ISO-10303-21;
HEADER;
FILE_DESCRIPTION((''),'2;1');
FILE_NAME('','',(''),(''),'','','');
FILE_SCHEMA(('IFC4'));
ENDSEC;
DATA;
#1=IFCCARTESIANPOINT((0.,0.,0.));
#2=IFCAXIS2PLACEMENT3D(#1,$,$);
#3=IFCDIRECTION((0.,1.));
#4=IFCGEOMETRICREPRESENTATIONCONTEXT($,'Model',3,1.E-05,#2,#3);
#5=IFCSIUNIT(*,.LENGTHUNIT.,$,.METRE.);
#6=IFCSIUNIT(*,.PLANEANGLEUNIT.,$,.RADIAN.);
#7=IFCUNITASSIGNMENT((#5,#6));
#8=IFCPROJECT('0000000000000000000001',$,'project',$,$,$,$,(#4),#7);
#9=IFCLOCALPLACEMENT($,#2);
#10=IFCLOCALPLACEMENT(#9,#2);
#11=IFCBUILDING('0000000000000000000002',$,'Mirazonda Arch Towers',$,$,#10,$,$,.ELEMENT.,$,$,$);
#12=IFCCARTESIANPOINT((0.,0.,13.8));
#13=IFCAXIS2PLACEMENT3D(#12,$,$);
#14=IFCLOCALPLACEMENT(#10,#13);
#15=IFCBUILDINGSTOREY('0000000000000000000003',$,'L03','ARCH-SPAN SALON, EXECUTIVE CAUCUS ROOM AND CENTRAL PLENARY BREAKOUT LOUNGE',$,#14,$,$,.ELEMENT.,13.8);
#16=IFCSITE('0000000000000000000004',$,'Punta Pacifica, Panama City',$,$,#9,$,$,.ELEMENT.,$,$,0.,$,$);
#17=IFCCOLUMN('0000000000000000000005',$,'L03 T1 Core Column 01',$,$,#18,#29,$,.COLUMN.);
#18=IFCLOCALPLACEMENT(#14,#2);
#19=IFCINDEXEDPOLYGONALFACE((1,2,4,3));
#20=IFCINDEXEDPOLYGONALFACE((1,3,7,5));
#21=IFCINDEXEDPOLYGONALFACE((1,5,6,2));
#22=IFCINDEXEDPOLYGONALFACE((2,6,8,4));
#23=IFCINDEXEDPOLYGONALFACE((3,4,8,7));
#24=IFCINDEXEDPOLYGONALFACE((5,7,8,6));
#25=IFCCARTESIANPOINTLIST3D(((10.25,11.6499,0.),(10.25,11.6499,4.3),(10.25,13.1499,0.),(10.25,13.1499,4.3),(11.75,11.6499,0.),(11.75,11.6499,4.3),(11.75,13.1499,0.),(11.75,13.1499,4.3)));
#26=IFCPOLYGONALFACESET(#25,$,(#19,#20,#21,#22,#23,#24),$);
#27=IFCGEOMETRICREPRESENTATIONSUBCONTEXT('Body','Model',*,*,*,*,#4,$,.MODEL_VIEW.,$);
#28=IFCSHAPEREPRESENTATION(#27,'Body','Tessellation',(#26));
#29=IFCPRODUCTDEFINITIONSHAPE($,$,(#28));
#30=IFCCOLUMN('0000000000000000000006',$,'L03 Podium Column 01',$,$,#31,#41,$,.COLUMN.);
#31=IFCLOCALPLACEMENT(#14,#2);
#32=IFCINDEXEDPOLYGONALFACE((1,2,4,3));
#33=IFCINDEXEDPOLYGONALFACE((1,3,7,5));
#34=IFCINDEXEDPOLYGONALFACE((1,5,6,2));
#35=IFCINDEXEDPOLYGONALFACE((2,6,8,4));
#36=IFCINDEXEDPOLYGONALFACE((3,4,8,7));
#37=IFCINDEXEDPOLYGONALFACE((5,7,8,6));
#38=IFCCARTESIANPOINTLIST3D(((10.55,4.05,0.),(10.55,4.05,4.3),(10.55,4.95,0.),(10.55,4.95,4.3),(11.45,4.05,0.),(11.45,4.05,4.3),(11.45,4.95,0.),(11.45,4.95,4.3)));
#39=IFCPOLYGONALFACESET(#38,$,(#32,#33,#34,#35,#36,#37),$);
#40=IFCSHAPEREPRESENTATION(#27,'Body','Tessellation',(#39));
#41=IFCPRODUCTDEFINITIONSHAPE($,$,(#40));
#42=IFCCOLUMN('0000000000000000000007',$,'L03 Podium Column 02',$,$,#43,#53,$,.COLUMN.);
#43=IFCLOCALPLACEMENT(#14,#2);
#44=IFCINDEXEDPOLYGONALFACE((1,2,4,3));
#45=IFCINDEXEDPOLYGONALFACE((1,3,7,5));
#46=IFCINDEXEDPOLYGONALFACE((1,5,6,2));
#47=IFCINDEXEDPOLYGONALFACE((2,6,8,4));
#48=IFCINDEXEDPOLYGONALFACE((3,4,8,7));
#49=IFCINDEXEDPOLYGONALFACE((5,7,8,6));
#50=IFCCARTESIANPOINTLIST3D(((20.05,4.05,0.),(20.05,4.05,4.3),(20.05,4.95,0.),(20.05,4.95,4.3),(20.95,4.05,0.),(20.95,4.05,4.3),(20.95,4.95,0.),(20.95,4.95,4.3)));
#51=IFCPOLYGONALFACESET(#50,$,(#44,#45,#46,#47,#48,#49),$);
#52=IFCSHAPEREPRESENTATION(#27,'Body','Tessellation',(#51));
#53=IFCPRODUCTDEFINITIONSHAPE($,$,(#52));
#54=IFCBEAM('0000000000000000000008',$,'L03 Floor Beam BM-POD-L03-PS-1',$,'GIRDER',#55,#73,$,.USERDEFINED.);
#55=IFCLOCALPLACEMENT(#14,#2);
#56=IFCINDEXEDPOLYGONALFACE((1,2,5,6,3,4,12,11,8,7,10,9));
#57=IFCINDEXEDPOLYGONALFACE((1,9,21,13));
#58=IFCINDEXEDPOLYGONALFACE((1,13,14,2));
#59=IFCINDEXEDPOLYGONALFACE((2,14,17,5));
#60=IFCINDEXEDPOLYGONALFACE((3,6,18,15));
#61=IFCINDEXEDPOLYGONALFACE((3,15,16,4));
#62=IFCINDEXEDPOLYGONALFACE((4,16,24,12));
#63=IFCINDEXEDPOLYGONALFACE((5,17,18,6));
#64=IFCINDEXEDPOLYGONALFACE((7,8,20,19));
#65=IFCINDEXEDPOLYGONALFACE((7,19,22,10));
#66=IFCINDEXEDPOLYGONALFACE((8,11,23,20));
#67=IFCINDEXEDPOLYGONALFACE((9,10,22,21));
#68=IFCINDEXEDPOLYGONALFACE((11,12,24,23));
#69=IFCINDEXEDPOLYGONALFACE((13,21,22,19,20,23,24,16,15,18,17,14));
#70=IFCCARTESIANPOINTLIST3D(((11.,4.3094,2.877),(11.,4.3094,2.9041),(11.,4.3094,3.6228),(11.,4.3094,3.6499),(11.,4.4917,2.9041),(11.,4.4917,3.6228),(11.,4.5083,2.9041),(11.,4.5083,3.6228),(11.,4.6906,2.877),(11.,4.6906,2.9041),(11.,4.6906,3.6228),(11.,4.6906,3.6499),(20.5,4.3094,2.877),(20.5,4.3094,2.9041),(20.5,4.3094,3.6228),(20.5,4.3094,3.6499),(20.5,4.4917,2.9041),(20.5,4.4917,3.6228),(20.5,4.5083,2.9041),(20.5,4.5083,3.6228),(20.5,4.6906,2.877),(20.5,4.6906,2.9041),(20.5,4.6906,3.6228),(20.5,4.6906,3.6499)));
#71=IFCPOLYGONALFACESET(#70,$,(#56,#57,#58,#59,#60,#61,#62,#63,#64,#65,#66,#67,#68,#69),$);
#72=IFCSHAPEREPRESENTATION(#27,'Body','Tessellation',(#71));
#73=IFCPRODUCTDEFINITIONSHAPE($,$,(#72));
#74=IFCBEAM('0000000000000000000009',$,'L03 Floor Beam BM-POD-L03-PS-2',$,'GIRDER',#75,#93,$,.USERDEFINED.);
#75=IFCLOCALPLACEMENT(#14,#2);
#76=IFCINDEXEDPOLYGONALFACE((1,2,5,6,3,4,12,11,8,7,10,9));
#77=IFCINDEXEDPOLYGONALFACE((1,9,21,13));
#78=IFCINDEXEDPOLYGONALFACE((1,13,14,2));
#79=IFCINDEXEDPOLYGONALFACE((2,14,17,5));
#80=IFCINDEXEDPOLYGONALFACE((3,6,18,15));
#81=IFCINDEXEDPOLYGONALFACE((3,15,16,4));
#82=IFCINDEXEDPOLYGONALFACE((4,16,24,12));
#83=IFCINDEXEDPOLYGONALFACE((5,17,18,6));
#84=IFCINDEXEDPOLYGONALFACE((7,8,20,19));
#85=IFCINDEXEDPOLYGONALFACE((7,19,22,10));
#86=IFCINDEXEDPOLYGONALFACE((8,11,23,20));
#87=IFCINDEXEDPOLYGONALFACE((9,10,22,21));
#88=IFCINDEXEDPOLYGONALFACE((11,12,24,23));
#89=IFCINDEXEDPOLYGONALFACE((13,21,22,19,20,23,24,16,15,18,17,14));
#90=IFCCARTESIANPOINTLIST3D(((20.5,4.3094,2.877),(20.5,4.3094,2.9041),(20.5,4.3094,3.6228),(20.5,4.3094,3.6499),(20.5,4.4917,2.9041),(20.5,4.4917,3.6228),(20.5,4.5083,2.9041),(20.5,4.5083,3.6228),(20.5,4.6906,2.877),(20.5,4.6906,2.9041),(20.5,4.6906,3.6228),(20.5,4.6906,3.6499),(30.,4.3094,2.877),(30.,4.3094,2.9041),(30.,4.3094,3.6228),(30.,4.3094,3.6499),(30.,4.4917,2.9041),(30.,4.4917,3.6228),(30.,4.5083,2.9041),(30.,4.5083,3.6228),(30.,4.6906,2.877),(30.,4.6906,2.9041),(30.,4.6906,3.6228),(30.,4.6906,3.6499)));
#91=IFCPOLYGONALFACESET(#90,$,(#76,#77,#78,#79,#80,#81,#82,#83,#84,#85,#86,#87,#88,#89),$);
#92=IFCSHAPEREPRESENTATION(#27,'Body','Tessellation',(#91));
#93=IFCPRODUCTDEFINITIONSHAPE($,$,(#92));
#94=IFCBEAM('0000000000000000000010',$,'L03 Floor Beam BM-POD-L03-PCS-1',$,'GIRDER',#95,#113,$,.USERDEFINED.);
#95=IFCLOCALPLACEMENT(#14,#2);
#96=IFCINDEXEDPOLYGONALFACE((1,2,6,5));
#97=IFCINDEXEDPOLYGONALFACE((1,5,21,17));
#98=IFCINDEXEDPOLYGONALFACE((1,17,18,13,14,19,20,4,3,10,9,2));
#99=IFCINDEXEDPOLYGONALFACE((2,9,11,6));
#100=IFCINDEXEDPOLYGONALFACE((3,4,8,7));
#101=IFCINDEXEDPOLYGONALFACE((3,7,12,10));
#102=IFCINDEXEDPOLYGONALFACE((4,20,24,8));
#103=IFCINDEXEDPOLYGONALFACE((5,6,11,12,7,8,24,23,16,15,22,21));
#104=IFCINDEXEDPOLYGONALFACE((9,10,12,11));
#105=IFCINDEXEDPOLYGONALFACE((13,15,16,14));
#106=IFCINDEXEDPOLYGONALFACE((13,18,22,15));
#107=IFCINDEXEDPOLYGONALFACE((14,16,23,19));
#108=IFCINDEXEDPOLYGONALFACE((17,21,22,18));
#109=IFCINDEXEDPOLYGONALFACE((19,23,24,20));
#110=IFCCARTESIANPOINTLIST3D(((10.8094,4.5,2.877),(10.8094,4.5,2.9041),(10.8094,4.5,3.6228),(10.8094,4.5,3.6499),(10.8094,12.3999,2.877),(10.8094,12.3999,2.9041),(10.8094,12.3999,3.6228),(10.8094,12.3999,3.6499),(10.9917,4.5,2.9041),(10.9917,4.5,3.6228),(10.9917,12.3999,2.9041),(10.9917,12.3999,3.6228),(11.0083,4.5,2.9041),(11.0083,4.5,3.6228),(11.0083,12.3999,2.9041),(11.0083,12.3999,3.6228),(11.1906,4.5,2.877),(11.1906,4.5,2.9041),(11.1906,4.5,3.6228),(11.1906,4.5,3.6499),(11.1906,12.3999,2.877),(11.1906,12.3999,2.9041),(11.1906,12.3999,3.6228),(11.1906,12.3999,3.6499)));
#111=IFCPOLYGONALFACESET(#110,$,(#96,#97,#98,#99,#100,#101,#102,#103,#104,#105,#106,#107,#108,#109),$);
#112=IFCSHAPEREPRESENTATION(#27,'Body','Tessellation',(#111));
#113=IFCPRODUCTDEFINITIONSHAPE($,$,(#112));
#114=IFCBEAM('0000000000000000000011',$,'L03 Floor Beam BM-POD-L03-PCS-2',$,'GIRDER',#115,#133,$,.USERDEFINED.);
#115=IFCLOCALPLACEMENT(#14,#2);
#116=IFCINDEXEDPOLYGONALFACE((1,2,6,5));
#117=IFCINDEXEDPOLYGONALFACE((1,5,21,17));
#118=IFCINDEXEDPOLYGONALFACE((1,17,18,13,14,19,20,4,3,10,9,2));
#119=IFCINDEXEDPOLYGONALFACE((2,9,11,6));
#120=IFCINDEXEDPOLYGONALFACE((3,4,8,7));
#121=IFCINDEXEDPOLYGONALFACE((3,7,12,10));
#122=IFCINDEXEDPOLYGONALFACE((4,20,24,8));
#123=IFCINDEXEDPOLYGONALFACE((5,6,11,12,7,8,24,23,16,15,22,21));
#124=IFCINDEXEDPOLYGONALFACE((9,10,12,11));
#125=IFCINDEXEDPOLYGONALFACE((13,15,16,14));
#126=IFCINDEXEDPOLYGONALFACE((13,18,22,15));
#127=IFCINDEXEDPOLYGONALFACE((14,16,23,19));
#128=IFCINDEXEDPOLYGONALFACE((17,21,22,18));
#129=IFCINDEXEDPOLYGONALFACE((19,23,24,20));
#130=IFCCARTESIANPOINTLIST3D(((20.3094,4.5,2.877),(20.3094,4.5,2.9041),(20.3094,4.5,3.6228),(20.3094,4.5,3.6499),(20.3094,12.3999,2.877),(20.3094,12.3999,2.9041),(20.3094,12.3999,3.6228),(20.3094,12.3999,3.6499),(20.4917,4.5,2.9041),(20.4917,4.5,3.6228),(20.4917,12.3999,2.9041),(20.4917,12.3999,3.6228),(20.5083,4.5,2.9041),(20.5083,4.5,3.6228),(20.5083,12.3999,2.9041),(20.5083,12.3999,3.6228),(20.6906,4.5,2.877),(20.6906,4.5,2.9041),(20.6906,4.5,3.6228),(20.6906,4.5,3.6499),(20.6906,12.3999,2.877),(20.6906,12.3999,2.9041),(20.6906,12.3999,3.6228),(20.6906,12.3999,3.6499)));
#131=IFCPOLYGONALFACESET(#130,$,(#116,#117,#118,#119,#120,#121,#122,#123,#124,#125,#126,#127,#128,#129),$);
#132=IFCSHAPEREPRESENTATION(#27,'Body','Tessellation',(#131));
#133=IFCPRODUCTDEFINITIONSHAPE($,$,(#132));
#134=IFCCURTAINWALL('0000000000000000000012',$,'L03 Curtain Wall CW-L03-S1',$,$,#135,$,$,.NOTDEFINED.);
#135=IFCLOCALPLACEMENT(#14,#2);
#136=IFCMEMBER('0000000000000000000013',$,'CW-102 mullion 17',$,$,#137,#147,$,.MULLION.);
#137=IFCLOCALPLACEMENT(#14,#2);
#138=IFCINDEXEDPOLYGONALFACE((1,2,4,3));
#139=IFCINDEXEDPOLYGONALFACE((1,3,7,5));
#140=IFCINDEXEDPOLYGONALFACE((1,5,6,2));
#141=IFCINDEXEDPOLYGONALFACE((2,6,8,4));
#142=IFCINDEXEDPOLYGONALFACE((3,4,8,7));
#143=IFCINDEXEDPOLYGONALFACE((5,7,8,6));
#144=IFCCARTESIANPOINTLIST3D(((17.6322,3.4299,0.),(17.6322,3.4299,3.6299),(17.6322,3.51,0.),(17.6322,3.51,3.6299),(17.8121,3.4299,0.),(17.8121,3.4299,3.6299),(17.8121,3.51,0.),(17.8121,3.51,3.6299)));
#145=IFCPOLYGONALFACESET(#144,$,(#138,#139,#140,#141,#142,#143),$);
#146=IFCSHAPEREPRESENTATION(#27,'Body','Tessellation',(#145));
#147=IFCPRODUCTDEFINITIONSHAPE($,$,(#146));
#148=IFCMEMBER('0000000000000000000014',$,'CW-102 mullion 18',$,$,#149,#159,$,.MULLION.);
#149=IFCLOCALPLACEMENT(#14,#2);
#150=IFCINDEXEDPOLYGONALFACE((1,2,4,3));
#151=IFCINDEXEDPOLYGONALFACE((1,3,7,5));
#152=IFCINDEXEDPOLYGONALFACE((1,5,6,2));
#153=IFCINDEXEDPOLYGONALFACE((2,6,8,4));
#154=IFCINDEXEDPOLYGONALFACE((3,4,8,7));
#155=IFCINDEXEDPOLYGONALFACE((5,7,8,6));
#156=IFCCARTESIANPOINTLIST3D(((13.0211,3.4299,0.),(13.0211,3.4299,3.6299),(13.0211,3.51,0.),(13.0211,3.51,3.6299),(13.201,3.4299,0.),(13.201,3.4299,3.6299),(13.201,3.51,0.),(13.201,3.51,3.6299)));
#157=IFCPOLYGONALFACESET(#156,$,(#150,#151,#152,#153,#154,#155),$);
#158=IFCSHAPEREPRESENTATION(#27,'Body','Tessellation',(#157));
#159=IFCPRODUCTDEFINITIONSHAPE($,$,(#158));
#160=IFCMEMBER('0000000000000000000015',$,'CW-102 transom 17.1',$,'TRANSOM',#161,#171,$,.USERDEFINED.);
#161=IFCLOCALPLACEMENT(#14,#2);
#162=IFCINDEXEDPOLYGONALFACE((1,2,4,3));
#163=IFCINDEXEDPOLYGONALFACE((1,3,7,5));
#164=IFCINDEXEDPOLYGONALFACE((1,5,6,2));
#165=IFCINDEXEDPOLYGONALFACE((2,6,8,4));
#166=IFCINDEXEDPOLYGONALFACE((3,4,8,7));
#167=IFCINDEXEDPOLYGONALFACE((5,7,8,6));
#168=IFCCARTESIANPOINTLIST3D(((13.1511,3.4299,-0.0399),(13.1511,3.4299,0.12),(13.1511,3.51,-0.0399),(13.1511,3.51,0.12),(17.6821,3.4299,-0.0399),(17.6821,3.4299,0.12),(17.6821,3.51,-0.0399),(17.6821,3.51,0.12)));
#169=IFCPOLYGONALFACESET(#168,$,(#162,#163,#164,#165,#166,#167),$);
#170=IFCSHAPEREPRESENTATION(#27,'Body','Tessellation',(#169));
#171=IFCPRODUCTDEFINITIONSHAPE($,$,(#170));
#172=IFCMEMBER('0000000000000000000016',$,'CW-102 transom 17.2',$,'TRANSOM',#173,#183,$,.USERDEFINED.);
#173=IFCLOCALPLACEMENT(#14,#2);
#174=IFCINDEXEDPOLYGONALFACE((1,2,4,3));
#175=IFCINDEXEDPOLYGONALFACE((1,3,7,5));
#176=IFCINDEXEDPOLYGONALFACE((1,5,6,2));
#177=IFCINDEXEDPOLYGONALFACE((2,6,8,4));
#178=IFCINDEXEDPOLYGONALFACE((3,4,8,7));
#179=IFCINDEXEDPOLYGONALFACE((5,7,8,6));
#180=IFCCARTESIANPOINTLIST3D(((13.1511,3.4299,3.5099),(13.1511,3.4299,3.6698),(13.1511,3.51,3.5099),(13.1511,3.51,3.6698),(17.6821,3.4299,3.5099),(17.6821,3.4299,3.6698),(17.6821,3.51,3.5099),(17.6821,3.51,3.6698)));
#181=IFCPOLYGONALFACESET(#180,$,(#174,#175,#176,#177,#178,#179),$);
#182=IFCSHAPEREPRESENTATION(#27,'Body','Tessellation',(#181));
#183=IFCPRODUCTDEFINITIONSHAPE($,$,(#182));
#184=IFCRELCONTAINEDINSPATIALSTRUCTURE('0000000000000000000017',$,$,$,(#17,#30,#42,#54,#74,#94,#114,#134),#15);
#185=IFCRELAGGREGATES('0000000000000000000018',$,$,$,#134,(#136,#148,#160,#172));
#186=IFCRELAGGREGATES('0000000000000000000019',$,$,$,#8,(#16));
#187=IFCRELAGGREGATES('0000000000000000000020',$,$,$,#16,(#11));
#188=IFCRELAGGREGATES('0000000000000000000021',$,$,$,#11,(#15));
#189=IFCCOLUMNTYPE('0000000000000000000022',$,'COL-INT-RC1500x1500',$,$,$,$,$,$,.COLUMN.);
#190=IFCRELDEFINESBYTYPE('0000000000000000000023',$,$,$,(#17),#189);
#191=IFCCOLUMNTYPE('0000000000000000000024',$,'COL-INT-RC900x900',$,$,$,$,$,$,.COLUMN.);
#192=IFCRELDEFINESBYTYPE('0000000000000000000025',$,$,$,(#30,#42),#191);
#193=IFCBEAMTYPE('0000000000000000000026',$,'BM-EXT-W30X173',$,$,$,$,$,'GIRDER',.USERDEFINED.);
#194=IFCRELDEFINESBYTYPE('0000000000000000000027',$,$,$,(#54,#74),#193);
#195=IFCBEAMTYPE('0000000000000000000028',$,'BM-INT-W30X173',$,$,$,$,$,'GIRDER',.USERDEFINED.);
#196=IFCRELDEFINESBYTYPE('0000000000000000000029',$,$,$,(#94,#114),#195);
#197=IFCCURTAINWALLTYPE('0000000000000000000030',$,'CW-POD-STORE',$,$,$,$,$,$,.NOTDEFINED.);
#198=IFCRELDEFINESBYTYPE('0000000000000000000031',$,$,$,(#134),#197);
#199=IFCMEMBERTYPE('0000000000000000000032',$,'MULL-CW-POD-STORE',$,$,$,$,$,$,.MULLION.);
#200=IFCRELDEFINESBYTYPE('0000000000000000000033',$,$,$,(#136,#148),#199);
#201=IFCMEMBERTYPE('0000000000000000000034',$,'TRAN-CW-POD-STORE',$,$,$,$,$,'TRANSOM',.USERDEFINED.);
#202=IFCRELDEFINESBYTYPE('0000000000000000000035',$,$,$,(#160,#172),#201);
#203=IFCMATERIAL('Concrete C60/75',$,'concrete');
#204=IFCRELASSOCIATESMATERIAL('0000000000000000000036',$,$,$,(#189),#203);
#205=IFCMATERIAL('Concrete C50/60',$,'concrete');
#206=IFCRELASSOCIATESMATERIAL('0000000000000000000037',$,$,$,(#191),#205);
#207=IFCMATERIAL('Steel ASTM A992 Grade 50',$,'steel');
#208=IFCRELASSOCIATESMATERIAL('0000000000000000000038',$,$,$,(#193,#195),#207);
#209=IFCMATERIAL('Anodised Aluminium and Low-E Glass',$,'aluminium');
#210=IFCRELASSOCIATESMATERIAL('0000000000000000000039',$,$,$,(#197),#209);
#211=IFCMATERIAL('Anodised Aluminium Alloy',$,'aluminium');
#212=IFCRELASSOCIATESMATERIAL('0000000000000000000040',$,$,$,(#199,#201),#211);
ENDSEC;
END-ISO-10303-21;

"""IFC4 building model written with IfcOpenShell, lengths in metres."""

from ifc_helpers import new_model, si_unit, direction, frame, origin, origin_2d, place, context, subcontext, project, spatial, rectangle, i_section, extrude, material, material_profile, profile_set, type_object, element, aggregate, save


model = new_model("IFC4")

# Units and contexts
model_context = context("Model", 3, precision=1e-05, world=origin(), true_north=direction((0.0, 1.0)))
body_context = subcontext(model_context, "Body", "Model", "MODEL_VIEW")
ifc_project = project(units=[si_unit("LENGTHUNIT", "METRE"), si_unit("PLANEANGLEUNIT", "RADIAN")], contexts=[model_context])

# Site, building, storey
site_placement = place(None, origin())
site = spatial("IfcSite", under=ifc_project, at=site_placement, Name="Punta Pacifica, Panama City", CompositionType="ELEMENT", RefElevation=0.0)
building_placement = place(site_placement, origin())
building = spatial("IfcBuilding", under=site, at=building_placement, Name="Mirazonda Arch Towers", CompositionType="ELEMENT")
storey_placement = place(building_placement, frame((0.0, 0.0, 13.8)))
storey = spatial("IfcBuildingStorey", under=building, at=storey_placement, Name="L03", Description="ARCH-SPAN SALON, EXECUTIVE CAUCUS ROOM AND CENTRAL PLENARY BREAKOUT LOUNGE", CompositionType="ELEMENT", Elevation=13.8)

# Columns
ifc_material_1 = material(Name="Concrete C60/75", Category="concrete")
ifc_material_profile_1 = material_profile(ifc_material_1, rectangle(XDim=1.5, YDim=1.5, at=origin_2d()), Name="RC1500x1500")
ifc_profile_set_1 = profile_set([ifc_material_profile_1], Name="Concrete C60/75")
column_type_1 = type_object("IfcColumnType", Name="COL-INT-RC1500x1500", PredefinedType="COLUMN", material=ifc_profile_set_1)
column_placement = place(storey_placement, frame((11.0, 12.3999, 0.0), z_axis=(0.0, 0.0, 1.0), x_axis=(1.0, 0.0, 0.0)))
element("IfcColumn", 1, at=column_placement, inside=storey, type_object=column_type_1, Name="L03 T1 Core Column 01", PredefinedType="COLUMN", context=body_context, shape_type="SweptSolid", body=[
    extrude(rectangle(XDim=1.5, YDim=1.5, at=origin_2d()), origin(), (0.0, 0.0, 1.0), 4.3),
])
ifc_material_2 = material(Name="Concrete C50/60", Category="concrete")
ifc_material_profile_2 = material_profile(ifc_material_2, rectangle(XDim=0.8999, YDim=0.8999, at=origin_2d()), Name="RC900x900")
ifc_profile_set_2 = profile_set([ifc_material_profile_2], Name="Concrete C50/60")
column_type_2 = type_object("IfcColumnType", Name="COL-INT-RC900x900", PredefinedType="COLUMN", material=ifc_profile_set_2)
for number, where, z_axis, x_axis, name in (
    (2, (11.0, 4.5, 0.0), (0.0, 0.0, 1.0), (1.0, 0.0, 0.0), "L03 Podium Column 01"),
    (3, (20.5, 4.5, 0.0), (0.0, 0.0, 1.0), (1.0, 0.0, 0.0), "L03 Podium Column 02"),
):
    element("IfcColumn", number, at=place(storey_placement, frame(where, z_axis=z_axis, x_axis=x_axis)), inside=storey, type_object=column_type_2, Name=name, PredefinedType="COLUMN", context=body_context, shape_type="SweptSolid", body=[
        extrude(rectangle(XDim=0.8999, YDim=0.8999, at=origin_2d()), origin(), (0.0, 0.0, 1.0), 4.3),
    ])

# Beams
ifc_material_3 = material(Name="Steel ASTM A992 Grade 50", Category="steel")
ifc_material_profile_3 = material_profile(ifc_material_3, i_section(OverallWidth=0.3811, OverallDepth=0.7729, WebThickness=0.0166, FlangeThickness=0.0271, at=origin_2d()), Name="W30X173")
ifc_profile_set_3 = profile_set([ifc_material_profile_3], Name="Steel ASTM A992 Grade 50")
beam_type_1 = type_object("IfcBeamType", Name="BM-EXT-W30X173", ElementType="GIRDER", PredefinedType="USERDEFINED", material=ifc_profile_set_3)
for number, where, z_axis, x_axis, name in (
    (4, (11.0, 4.5, 3.2634), (1.0, 0.0, 0.0), (0.0, 1.0, 0.0), "L03 Floor Beam BM-POD-L03-PS-1"),
    (5, (20.5, 4.5, 3.2634), (1.0, 0.0, 0.0), (0.0, 1.0, 0.0), "L03 Floor Beam BM-POD-L03-PS-2"),
):
    element("IfcBeam", number, at=place(storey_placement, frame(where, z_axis=z_axis, x_axis=x_axis)), inside=storey, type_object=beam_type_1, Name=name, ObjectType="GIRDER", PredefinedType="USERDEFINED", context=body_context, shape_type="SweptSolid", body=[
        extrude(i_section(OverallWidth=0.3811, OverallDepth=0.7729, WebThickness=0.0166, FlangeThickness=0.0271, at=origin_2d()), origin(), (0.0, 0.0, 1.0), 9.5),
    ])
ifc_material_profile_4 = material_profile(ifc_material_3, i_section(OverallWidth=0.3811, OverallDepth=0.7729, WebThickness=0.0166, FlangeThickness=0.0271, at=origin_2d()), Name="W30X173")
ifc_profile_set_4 = profile_set([ifc_material_profile_4], Name="Steel ASTM A992 Grade 50")
beam_type_2 = type_object("IfcBeamType", Name="BM-INT-W30X173", ElementType="GIRDER", PredefinedType="USERDEFINED", material=ifc_profile_set_4)
for number, where, z_axis, x_axis, name in (
    (6, (11.0, 4.5, 3.2634), (0.0, 1.0, 0.0), (-1.0, 0.0, 0.0), "L03 Floor Beam BM-POD-L03-PCS-1"),
    (7, (20.5, 4.5, 3.2634), (0.0, 1.0, 0.0), (-1.0, 0.0, 0.0), "L03 Floor Beam BM-POD-L03-PCS-2"),
):
    element("IfcBeam", number, at=place(storey_placement, frame(where, z_axis=z_axis, x_axis=x_axis)), inside=storey, type_object=beam_type_2, Name=name, ObjectType="GIRDER", PredefinedType="USERDEFINED", context=body_context, shape_type="SweptSolid", body=[
        extrude(i_section(OverallWidth=0.3811, OverallDepth=0.7729, WebThickness=0.0166, FlangeThickness=0.0271, at=origin_2d()), origin(), (0.0, 0.0, 1.0), 7.8999),
    ])

# Curtain wall, members
ifc_material_4 = material(Name="Anodised Aluminium and Low-E Glass", Category="aluminium")
curtain_wall_type = type_object("IfcCurtainWallType", Name="CW-POD-STORE", PredefinedType="NOTDEFINED", material=ifc_material_4)
curtain_wall_placement = place(storey_placement, origin())
curtain_wall = element("IfcCurtainWall", 8, at=curtain_wall_placement, inside=storey, type_object=curtain_wall_type, Name="L03 Curtain Wall CW-L03-S1", PredefinedType="NOTDEFINED")
ifc_material_5 = material(Name="Anodised Aluminium Alloy", Category="aluminium")
ifc_material_profile_5 = material_profile(ifc_material_5, rectangle(XDim=0.0801, YDim=0.1799, at=origin_2d()), Name="ALU-MULL-80x180")
ifc_profile_set_5 = profile_set([ifc_material_profile_5], Name="Anodised Aluminium Alloy")
member_type_1 = type_object("IfcMemberType", Name="MULL-CW-POD-STORE", PredefinedType="MULLION", material=ifc_profile_set_5)
member_1_placement = place(storey_placement, frame((17.7222, 3.47, 0.0), z_axis=(0.0, 0.0, 1.0), x_axis=(0.0, -1.0, 0.0)))
member_1 = element("IfcMember", 9, at=member_1_placement, type_object=member_type_1, Name="CW-102 mullion 17", PredefinedType="MULLION", context=body_context, shape_type="SweptSolid", body=[
    extrude(rectangle(XDim=0.0801, YDim=0.1799, at=origin_2d()), origin(), (0.0, 0.0, 1.0), 3.6299),
])
member_2_placement = place(storey_placement, frame((13.1111, 3.47, 0.0), z_axis=(0.0, 0.0, 1.0), x_axis=(0.0, -1.0, 0.0)))
member_2 = element("IfcMember", 10, at=member_2_placement, type_object=member_type_1, Name="CW-102 mullion 18", PredefinedType="MULLION", context=body_context, shape_type="SweptSolid", body=[
    extrude(rectangle(XDim=0.0801, YDim=0.1799, at=origin_2d()), origin(), (0.0, 0.0, 1.0), 3.6299),
])
ifc_material_profile_6 = material_profile(ifc_material_5, rectangle(XDim=0.0801, YDim=0.1599, at=origin_2d()), Name="ALU-TRAN-80x160")
ifc_profile_set_6 = profile_set([ifc_material_profile_6], Name="Anodised Aluminium Alloy")
member_type_2 = type_object("IfcMemberType", Name="TRAN-CW-POD-STORE", ElementType="TRANSOM", PredefinedType="USERDEFINED", material=ifc_profile_set_6)
member_3_placement = place(storey_placement, frame((17.6821, 3.47, 0.04), z_axis=(-1.0, 0.0, 0.0), x_axis=(0.0, -1.0, 0.0)))
member_3 = element("IfcMember", 11, at=member_3_placement, type_object=member_type_2, Name="CW-102 transom 17.1", ObjectType="TRANSOM", PredefinedType="USERDEFINED", context=body_context, shape_type="SweptSolid", body=[
    extrude(rectangle(XDim=0.0801, YDim=0.1599, at=origin_2d()), origin(), (0.0, 0.0, 1.0), 4.531),
])
member_4_placement = place(storey_placement, frame((17.6821, 3.47, 3.5898), z_axis=(-1.0, 0.0, 0.0), x_axis=(0.0, -1.0, 0.0)))
member_4 = element("IfcMember", 12, at=member_4_placement, type_object=member_type_2, Name="CW-102 transom 17.2", ObjectType="TRANSOM", PredefinedType="USERDEFINED", context=body_context, shape_type="SweptSolid", body=[
    extrude(rectangle(XDim=0.0801, YDim=0.1599, at=origin_2d()), origin(), (0.0, 0.0, 1.0), 4.531),
])
aggregate(curtain_wall, [member_1, member_2, member_3, member_4])

save(model, "model.ifc")
